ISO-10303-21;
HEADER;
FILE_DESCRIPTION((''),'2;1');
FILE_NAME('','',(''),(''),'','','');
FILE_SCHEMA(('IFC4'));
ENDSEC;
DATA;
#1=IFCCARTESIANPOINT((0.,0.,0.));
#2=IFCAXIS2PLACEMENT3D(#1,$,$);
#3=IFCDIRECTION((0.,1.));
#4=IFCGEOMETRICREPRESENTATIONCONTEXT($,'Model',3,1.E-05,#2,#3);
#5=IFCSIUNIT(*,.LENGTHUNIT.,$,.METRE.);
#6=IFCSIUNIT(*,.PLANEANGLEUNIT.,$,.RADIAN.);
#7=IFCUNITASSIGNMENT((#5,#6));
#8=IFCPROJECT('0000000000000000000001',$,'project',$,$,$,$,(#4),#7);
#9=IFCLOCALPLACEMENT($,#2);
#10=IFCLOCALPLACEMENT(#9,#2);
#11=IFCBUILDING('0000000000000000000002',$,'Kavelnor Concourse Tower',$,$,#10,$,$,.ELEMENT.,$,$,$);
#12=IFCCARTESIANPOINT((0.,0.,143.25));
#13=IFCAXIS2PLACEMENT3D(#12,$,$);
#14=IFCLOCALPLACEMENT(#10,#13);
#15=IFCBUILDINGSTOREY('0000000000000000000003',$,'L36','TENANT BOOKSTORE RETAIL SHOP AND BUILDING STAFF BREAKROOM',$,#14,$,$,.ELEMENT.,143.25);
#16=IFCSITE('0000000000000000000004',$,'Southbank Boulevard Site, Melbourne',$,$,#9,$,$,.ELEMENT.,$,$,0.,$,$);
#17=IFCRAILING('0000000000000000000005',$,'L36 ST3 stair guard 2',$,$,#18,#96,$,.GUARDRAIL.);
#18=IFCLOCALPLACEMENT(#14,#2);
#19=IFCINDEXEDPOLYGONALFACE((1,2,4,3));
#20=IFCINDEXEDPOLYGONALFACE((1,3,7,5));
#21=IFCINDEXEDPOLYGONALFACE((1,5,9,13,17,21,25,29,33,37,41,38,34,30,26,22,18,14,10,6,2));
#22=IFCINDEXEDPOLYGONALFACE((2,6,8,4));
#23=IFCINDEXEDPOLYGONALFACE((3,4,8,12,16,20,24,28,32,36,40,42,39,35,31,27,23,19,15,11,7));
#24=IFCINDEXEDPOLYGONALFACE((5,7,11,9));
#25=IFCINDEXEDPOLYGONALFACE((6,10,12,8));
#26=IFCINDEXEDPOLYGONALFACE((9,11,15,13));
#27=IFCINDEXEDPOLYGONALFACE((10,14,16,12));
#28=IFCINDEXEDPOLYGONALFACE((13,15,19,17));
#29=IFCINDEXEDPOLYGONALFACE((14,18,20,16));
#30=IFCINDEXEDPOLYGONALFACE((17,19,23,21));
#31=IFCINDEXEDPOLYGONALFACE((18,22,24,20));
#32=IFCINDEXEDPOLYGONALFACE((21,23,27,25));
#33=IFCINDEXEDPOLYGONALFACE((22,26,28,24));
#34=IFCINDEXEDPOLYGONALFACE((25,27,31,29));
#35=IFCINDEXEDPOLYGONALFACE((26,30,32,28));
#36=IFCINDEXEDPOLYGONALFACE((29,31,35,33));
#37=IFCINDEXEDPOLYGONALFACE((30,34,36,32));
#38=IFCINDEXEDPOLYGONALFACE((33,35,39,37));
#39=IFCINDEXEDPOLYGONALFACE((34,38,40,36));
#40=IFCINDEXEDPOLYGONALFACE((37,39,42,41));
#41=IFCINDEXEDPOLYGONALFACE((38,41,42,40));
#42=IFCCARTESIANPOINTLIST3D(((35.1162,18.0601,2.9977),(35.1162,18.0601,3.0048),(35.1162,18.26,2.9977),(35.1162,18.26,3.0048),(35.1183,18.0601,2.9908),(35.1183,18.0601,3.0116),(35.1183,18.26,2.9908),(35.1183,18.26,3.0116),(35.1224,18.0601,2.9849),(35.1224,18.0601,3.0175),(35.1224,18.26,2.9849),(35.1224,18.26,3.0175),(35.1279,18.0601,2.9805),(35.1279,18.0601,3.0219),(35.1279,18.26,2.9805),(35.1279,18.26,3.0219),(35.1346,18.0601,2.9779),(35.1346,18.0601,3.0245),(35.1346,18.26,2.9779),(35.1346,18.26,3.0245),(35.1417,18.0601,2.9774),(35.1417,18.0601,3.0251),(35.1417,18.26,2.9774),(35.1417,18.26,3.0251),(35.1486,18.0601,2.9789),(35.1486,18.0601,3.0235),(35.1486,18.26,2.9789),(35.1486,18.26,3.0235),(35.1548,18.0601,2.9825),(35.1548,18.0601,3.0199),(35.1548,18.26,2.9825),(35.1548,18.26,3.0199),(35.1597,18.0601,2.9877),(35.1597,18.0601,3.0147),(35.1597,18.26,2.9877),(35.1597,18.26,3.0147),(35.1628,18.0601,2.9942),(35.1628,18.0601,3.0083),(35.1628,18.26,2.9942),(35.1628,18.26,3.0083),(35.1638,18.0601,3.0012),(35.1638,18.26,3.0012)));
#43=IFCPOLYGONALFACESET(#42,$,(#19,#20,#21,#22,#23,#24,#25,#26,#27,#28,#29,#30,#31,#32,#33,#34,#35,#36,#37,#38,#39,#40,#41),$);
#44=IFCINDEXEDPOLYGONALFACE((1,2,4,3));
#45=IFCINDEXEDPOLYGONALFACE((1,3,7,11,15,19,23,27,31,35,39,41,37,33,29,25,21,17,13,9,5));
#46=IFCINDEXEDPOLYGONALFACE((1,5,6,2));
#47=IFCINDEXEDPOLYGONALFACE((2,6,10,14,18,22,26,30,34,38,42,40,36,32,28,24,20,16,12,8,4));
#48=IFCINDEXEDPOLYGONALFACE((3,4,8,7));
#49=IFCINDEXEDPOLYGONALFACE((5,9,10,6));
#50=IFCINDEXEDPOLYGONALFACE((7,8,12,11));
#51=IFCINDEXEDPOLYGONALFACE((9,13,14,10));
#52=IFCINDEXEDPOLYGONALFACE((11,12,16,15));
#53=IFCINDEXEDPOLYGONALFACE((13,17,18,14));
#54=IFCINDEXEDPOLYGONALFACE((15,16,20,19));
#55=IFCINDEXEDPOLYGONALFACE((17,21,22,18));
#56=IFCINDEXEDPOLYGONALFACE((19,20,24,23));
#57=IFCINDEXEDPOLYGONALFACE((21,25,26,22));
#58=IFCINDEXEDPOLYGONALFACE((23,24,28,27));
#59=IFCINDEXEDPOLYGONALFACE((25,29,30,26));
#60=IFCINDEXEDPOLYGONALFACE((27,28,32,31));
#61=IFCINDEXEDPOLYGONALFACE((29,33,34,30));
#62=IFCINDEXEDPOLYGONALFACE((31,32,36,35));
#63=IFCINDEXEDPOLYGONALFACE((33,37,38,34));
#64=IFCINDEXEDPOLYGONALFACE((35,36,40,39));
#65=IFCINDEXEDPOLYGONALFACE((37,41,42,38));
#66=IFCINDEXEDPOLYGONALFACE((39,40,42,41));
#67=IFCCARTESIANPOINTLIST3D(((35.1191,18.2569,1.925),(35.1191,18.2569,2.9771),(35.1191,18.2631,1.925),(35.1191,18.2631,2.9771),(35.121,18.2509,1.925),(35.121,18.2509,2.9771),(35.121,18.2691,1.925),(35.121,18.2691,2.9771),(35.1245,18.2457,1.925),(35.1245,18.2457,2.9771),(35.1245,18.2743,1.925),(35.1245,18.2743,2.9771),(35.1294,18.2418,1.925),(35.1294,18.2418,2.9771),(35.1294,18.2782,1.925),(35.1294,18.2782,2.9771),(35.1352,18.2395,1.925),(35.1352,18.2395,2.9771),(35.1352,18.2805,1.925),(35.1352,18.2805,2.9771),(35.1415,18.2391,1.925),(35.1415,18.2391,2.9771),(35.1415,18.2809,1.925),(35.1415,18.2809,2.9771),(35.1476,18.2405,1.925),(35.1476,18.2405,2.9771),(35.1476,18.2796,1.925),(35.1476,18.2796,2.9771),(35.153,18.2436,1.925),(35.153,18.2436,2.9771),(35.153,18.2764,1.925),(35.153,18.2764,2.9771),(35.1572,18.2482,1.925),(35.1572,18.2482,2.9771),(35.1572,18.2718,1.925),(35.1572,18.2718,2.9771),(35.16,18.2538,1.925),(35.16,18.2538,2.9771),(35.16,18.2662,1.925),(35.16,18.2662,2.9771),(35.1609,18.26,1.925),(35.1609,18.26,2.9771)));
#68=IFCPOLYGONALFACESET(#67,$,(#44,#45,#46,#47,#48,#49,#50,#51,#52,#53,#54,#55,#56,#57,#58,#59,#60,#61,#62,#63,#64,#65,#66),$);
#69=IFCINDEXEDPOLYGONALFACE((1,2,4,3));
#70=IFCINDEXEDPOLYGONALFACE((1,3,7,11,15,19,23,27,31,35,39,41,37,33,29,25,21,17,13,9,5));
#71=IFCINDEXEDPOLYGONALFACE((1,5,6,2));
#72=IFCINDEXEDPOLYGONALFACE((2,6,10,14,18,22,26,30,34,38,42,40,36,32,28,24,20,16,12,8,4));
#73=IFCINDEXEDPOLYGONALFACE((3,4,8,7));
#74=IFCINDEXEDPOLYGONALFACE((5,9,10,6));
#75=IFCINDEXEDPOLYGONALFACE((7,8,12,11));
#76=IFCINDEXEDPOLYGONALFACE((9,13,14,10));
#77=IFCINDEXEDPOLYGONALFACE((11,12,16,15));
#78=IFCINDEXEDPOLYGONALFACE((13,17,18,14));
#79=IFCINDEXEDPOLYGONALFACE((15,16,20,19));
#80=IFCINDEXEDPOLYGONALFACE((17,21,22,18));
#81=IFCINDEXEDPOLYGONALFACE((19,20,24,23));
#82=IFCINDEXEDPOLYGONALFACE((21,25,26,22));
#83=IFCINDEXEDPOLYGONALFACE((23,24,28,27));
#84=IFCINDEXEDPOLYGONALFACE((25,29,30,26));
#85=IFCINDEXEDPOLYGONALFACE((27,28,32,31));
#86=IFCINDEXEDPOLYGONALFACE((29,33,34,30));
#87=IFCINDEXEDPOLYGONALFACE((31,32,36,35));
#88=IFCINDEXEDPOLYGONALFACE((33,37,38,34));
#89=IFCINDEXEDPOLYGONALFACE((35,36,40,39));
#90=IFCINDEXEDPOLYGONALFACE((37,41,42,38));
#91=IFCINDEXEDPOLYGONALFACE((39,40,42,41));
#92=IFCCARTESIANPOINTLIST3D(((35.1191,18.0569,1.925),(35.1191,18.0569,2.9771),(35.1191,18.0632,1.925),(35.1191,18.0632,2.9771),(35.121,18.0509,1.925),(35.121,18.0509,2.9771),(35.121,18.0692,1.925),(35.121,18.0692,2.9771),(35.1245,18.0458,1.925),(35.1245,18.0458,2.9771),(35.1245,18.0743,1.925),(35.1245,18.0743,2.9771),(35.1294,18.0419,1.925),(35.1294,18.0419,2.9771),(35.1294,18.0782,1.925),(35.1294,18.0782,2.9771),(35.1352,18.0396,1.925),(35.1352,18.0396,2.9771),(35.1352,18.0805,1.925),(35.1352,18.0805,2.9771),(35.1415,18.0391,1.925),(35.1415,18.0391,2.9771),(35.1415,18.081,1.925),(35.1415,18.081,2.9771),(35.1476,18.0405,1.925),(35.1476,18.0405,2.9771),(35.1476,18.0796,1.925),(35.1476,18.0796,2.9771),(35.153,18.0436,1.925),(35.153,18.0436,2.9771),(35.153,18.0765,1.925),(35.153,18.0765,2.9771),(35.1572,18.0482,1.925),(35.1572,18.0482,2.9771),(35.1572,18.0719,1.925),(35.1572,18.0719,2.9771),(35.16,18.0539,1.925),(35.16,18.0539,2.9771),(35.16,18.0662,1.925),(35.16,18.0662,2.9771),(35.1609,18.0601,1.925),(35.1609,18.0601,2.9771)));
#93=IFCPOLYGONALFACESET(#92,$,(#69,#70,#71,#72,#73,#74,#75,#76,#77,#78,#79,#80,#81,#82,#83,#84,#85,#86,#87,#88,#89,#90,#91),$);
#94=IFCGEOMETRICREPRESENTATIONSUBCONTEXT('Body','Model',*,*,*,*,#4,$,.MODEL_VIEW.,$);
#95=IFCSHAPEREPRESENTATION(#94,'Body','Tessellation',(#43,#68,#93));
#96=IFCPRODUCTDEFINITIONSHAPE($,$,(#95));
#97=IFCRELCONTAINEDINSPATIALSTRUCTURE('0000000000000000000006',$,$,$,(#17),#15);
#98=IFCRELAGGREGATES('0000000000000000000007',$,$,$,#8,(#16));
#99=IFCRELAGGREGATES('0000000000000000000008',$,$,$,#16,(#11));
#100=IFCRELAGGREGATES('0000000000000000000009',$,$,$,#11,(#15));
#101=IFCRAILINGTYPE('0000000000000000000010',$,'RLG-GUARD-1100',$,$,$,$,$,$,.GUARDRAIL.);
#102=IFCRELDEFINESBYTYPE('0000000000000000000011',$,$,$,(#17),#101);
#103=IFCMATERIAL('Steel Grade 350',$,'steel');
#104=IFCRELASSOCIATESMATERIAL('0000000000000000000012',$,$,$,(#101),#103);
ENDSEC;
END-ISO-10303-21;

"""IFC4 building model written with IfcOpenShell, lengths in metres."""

from ifc_helpers import new_model, si_unit, direction, frame, origin, origin_2d, place, context, subcontext, project, spatial, circle, extrude, material, type_object, element, save


model = new_model("IFC4")

# Units and contexts
model_context = context("Model", 3, precision=1e-05, world=origin(), true_north=direction((0.0, 1.0)))
body_context = subcontext(model_context, "Body", "Model", "MODEL_VIEW")
ifc_project = project(units=[si_unit("LENGTHUNIT", "METRE"), si_unit("PLANEANGLEUNIT", "RADIAN")], contexts=[model_context])

# Site, building, storey
site_placement = place(None, origin())
site = spatial("IfcSite", under=ifc_project, at=site_placement, Name="Southbank Boulevard Site, Melbourne", CompositionType="ELEMENT", RefElevation=0.0)
building_placement = place(site_placement, origin())
building = spatial("IfcBuilding", under=site, at=building_placement, Name="Kavelnor Concourse Tower", CompositionType="ELEMENT")
storey_placement = place(building_placement, frame((0.0, 0.0, 143.25)))
storey = spatial("IfcBuildingStorey", under=building, at=storey_placement, Name="L36", Description="TENANT BOOKSTORE RETAIL SHOP AND BUILDING STAFF BREAKROOM", CompositionType="ELEMENT", Elevation=143.25)

# Shared definitions
ifc_material_1 = material(Name="Steel Grade 350", Category="steel")

# Railing
railing_type = type_object("IfcRailingType", Name="RLG-GUARD-1100", PredefinedType="GUARDRAIL", material=ifc_material_1)
railing_placement = place(storey_placement, frame((35.1399, 18.26, 1.925)))
element("IfcRailing", 1, at=railing_placement, inside=storey, type_object=railing_type, Name="L36 ST3 stair guard 2", PredefinedType="GUARDRAIL", context=body_context, shape_type="SweptSolid", body=[
    extrude(circle(Radius=0.0239, at=origin_2d()), frame((0.0, 0.0, 1.0762), z_axis=(0.0, -1.0, 0.0), x_axis=(1.0, 0.0, 0.0)), (0.0, 0.0, 1.0), 0.2),
    extrude(circle(Radius=0.021, at=origin_2d()), origin(), (0.0, 0.0, 1.0), 1.052),
    extrude(circle(Radius=0.021, at=origin_2d()), frame((0.0, -0.2, 0.0)), (0.0, 0.0, 1.0), 1.052),
])

save(model, "model.ifc")
